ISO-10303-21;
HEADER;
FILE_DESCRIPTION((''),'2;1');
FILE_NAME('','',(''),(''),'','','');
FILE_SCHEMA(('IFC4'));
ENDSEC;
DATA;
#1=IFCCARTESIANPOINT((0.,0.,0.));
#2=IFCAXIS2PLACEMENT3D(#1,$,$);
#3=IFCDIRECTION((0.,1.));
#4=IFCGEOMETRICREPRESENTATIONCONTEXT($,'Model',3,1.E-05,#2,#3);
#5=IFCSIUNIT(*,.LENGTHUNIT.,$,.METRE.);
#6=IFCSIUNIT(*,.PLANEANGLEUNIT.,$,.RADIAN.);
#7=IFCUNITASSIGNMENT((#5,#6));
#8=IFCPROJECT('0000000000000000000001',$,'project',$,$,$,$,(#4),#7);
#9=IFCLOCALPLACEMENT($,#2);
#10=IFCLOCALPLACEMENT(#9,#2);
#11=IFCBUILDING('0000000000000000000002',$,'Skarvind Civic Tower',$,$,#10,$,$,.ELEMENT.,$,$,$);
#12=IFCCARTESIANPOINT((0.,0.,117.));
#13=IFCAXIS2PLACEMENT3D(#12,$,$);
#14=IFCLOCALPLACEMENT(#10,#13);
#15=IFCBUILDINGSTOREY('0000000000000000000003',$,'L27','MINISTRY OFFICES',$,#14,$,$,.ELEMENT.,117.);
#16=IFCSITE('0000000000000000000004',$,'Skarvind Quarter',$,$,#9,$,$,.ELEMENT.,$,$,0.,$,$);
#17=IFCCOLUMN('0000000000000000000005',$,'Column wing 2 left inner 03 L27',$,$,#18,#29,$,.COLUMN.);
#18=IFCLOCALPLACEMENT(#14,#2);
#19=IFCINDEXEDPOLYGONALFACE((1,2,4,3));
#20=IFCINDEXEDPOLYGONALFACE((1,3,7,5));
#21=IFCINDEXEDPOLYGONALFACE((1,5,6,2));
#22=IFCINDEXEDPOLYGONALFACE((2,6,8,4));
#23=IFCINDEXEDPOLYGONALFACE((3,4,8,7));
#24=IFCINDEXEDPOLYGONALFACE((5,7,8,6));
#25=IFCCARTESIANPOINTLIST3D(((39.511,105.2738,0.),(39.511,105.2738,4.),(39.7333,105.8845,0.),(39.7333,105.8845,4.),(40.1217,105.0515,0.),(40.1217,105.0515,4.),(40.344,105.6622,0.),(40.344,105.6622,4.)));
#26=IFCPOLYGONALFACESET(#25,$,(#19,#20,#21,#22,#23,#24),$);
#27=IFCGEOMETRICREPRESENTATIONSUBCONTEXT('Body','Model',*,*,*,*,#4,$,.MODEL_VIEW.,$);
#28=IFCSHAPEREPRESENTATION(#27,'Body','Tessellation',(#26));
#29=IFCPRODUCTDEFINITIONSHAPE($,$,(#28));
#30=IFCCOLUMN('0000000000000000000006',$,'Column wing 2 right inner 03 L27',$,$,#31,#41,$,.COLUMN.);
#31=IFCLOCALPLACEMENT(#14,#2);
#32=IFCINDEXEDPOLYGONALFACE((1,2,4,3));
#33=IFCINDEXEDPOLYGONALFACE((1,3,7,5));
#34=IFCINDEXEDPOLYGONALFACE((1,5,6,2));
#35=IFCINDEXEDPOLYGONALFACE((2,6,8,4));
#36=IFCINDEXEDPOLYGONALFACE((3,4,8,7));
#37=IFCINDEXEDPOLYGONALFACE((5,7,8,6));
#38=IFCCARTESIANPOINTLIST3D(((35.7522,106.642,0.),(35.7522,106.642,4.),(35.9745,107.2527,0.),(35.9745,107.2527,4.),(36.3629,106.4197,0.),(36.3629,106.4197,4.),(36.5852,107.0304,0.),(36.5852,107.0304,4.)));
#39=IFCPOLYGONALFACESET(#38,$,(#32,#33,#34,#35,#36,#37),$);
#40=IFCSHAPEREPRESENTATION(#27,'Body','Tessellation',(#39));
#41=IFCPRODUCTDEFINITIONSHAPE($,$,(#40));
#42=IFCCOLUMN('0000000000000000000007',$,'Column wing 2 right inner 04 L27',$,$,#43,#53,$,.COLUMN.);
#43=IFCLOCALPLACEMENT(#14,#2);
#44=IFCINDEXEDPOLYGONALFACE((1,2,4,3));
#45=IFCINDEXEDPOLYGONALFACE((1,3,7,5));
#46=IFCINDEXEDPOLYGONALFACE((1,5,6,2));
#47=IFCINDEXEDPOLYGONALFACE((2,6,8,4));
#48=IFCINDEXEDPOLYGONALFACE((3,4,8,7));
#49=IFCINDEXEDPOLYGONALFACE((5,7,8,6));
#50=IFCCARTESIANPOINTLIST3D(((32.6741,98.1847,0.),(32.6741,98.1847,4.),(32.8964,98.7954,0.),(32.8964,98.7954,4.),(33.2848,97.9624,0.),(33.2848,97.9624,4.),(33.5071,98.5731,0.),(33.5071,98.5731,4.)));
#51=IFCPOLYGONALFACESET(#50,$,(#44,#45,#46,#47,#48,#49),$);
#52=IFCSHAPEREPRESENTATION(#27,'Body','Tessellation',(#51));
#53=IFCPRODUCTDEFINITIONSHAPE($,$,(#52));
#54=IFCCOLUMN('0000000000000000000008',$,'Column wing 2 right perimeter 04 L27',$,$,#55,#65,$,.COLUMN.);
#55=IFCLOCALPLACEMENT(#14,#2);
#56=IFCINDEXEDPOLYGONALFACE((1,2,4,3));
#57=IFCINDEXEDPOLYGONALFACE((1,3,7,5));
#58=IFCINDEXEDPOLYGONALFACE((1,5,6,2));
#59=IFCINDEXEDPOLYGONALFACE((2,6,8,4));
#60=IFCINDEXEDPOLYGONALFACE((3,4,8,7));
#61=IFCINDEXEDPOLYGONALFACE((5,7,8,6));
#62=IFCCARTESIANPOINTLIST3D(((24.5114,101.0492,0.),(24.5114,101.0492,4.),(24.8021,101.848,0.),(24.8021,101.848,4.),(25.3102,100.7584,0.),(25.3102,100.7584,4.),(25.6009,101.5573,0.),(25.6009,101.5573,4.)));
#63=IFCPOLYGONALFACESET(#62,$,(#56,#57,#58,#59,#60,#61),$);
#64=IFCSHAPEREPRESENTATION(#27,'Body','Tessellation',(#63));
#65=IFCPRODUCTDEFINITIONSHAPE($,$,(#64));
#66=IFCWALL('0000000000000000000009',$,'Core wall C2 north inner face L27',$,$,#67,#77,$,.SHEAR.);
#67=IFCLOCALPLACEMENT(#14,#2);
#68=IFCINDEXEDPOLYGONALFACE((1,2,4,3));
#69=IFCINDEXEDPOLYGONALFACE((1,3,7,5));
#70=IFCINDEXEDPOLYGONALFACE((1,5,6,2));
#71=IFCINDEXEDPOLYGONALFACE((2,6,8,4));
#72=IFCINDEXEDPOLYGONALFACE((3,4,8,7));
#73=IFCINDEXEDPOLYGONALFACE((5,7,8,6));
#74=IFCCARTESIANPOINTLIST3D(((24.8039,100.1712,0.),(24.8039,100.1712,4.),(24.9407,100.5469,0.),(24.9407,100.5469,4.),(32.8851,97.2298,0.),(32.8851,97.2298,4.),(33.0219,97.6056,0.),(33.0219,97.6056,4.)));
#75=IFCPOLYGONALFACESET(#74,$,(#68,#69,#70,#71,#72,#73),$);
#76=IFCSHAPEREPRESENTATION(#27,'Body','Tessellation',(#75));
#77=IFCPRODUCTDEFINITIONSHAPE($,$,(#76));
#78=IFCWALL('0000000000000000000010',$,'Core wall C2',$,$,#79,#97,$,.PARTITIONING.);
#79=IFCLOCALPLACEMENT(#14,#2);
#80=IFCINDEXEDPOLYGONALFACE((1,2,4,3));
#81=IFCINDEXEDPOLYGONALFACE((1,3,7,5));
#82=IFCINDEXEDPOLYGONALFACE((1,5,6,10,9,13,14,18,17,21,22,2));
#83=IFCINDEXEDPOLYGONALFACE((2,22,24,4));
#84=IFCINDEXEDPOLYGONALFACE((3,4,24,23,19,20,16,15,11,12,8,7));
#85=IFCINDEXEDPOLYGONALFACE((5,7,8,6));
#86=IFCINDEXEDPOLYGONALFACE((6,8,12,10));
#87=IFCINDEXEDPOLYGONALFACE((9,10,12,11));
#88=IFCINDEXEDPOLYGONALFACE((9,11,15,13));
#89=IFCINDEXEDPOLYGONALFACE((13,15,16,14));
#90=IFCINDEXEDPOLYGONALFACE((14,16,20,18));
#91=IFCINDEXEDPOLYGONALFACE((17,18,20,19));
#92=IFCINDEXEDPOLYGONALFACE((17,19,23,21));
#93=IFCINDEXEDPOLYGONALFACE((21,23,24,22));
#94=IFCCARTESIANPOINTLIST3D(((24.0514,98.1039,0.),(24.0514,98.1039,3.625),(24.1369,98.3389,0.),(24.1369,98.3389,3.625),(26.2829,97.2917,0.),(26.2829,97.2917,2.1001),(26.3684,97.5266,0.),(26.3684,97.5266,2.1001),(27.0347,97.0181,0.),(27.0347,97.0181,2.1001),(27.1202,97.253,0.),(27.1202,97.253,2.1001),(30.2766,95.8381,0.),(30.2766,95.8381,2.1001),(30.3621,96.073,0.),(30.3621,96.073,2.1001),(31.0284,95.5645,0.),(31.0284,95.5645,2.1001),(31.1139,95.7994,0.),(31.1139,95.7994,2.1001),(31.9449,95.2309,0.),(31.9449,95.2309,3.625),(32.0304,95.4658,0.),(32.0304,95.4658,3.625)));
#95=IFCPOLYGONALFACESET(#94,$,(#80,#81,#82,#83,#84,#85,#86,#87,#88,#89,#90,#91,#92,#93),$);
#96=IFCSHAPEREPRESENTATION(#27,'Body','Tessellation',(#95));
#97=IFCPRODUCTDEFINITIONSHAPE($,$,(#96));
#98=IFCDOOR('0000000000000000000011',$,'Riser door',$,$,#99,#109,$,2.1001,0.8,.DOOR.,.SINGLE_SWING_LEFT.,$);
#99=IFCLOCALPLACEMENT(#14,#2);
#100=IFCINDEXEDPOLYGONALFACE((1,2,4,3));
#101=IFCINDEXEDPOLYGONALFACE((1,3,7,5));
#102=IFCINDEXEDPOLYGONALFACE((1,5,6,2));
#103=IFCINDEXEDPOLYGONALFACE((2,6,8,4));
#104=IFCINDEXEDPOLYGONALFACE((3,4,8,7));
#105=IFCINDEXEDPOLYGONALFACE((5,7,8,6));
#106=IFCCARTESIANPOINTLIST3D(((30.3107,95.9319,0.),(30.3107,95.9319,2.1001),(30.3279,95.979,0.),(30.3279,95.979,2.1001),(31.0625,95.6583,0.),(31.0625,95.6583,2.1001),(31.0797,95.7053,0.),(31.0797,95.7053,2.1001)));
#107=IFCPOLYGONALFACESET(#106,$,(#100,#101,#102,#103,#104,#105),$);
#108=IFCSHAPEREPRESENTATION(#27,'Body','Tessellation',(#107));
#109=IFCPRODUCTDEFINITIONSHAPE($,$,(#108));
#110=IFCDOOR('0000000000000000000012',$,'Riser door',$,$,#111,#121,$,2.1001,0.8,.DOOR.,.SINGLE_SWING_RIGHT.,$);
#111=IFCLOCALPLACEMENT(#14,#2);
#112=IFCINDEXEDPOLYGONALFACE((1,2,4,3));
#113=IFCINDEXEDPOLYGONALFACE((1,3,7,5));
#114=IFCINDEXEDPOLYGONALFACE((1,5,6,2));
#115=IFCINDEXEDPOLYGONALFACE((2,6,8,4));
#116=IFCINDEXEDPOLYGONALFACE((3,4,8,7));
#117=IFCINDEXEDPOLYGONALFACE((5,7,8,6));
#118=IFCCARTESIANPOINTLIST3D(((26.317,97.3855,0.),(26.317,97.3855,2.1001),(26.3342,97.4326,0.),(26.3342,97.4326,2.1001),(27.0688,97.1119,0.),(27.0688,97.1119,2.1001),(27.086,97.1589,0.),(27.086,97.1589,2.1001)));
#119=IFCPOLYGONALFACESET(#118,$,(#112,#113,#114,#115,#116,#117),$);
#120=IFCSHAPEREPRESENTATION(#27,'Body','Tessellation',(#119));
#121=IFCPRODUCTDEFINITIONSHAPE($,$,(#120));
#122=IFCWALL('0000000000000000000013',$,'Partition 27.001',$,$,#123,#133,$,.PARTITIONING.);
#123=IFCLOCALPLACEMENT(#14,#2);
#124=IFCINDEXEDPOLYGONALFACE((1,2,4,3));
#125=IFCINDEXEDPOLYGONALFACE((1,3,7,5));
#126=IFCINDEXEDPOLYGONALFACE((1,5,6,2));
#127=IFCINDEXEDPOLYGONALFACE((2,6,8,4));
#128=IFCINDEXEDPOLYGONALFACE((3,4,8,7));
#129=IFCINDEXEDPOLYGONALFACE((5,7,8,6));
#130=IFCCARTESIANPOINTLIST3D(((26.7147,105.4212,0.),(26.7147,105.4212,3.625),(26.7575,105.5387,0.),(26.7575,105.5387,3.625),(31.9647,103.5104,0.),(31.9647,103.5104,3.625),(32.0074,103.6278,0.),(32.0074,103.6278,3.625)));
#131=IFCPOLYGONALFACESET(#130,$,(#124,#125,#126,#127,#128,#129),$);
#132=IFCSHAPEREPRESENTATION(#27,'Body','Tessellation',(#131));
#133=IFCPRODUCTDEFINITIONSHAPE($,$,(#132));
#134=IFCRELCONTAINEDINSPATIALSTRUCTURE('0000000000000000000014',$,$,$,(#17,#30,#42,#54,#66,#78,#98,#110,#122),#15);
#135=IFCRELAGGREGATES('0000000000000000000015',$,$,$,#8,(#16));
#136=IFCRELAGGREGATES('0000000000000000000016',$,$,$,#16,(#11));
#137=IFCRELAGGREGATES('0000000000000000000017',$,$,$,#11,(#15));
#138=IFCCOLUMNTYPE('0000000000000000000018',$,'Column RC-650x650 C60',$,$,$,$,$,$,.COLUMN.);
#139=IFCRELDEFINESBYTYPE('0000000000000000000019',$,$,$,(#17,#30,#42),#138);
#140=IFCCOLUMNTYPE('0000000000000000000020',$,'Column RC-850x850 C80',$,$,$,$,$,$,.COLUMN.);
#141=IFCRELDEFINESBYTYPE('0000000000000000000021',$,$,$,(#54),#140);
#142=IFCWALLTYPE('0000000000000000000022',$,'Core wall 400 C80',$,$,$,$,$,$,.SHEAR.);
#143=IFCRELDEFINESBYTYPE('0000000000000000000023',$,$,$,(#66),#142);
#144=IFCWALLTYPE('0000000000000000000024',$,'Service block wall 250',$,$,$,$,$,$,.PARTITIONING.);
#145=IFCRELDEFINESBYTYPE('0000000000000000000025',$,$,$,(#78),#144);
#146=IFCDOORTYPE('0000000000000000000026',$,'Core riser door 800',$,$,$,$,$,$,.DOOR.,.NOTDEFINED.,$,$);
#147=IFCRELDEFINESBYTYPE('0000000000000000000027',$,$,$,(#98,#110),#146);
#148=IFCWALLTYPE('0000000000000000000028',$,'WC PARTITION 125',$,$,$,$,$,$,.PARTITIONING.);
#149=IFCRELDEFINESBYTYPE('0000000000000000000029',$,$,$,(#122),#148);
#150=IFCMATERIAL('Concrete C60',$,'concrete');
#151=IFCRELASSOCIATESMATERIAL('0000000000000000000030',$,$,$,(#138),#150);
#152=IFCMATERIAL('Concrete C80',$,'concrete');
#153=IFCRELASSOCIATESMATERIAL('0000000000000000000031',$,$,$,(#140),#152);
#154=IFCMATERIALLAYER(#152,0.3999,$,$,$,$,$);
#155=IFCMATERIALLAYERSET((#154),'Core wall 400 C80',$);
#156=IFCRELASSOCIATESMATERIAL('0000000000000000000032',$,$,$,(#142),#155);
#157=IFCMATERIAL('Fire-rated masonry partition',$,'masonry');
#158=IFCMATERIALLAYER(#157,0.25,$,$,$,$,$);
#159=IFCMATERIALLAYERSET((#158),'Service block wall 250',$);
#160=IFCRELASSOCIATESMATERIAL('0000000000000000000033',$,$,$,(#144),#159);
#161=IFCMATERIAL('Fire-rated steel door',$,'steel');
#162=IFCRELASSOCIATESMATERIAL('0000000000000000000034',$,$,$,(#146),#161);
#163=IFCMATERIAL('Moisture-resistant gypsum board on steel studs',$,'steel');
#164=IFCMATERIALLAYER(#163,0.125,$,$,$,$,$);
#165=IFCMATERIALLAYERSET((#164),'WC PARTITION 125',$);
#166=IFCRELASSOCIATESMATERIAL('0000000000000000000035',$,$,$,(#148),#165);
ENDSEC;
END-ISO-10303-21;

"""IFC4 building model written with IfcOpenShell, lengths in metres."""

from ifc_helpers import new_model, si_unit, direction, frame, frame_2d, origin, origin_2d, place, context, subcontext, project, spatial, rectangle, extrude, material, layer, layer_set, material_profile, profile_set, type_object, element, fill, save


model = new_model("IFC4")

# Units and contexts
model_context = context("Model", 3, precision=1e-05, world=origin(), true_north=direction((0.0, 1.0)))
body_context = subcontext(model_context, "Body", "Model", "MODEL_VIEW")
ifc_project = project(units=[si_unit("LENGTHUNIT", "METRE"), si_unit("PLANEANGLEUNIT", "RADIAN")], contexts=[model_context])

# Site, building, storey
site_placement = place(None, origin())
site = spatial("IfcSite", under=ifc_project, at=site_placement, Name="Skarvind Quarter", CompositionType="ELEMENT", RefElevation=0.0)
building_placement = place(site_placement, origin())
building = spatial("IfcBuilding", under=site, at=building_placement, Name="Skarvind Civic Tower", CompositionType="ELEMENT")
storey_placement = place(building_placement, frame((0.0, 0.0, 117.0)))
storey = spatial("IfcBuildingStorey", under=building, at=storey_placement, Name="L27", Description="MINISTRY OFFICES", CompositionType="ELEMENT", Elevation=117.0)

# Columns
ifc_material_1 = material(Name="Concrete C60", Category="concrete")
ifc_material_profile_1 = material_profile(ifc_material_1, rectangle(XDim=0.6499, YDim=0.6499, at=origin_2d()), Name="RC-650x650")
ifc_profile_set_1 = profile_set([ifc_material_profile_1], Name="Concrete C60")
column_type_1 = type_object("IfcColumnType", Name="Column RC-650x650 C60", PredefinedType="COLUMN", material=ifc_profile_set_1)
for number, where, z_axis, x_axis, name in (
    (1, (39.9275, 105.468, 0.0), (0.0, 0.0, 1.0), (-0.34202, -0.939693, 0.0), "Column wing 2 left inner 03 L27"),
    (2, (36.1687, 106.8362, 0.0), (0.0, 0.0, 1.0), (-0.34202, -0.939693, 0.0), "Column wing 2 right inner 03 L27"),
    (3, (33.0906, 98.3789, 0.0), (0.0, 0.0, 1.0), (-0.34202, -0.939693, 0.0), "Column wing 2 right inner 04 L27"),
):
    element("IfcColumn", number, at=place(storey_placement, frame(where, z_axis=z_axis, x_axis=x_axis)), inside=storey, type_object=column_type_1, Name=name, PredefinedType="COLUMN", context=body_context, shape_type="SweptSolid", body=[
        extrude(rectangle(XDim=0.6499, YDim=0.6499, at=origin_2d()), origin(), (0.0, 0.0, 1.0), 4.0),
    ])
ifc_material_2 = material(Name="Concrete C80", Category="concrete")
ifc_material_profile_2 = material_profile(ifc_material_2, rectangle(XDim=0.8501, YDim=0.8501, at=origin_2d()), Name="RC-850x850")
ifc_profile_set_2 = profile_set([ifc_material_profile_2], Name="Concrete C80")
column_type_2 = type_object("IfcColumnType", Name="Column RC-850x850 C80", PredefinedType="COLUMN", material=ifc_profile_set_2)
column_placement = place(storey_placement, frame((25.0562, 101.3032, 0.0), z_axis=(0.0, 0.0, 1.0), x_axis=(-0.34202, -0.939693, 0.0)))
element("IfcColumn", 4, at=column_placement, inside=storey, type_object=column_type_2, Name="Column wing 2 right perimeter 04 L27", PredefinedType="COLUMN", context=body_context, shape_type="SweptSolid", body=[
    extrude(rectangle(XDim=0.8501, YDim=0.8501, at=origin_2d()), origin(), (0.0, 0.0, 1.0), 4.0),
])

# Wall
ifc_layer_1 = layer(ifc_material_2, 0.3999)
ifc_layer_set_1 = layer_set([ifc_layer_1], Name="Core wall 400 C80")
wall_type_1 = type_object("IfcWallType", Name="Core wall 400 C80", PredefinedType="SHEAR", material=ifc_layer_set_1)
wall_1_placement = place(storey_placement, frame((32.9534, 97.4177, 0.0), z_axis=(0.0, 0.0, 1.0), x_axis=(-0.939691, 0.342026, 0.0)))
element("IfcWall", 5, at=wall_1_placement, inside=storey, type_object=wall_type_1, Name="Core wall C2 north inner face L27", PredefinedType="SHEAR", context=body_context, shape_type="SweptSolid", body=[
    extrude(rectangle(XDim=8.5999, YDim=0.3999, at=frame_2d((4.2998, 0.0))), origin(), (0.0, 0.0, 1.0), 4.0),
])

# Wall, openings, doors
ifc_material_3 = material(Name="Fire-rated masonry partition", Category="masonry")
ifc_layer_2 = layer(ifc_material_3, 0.25)
ifc_layer_set_2 = layer_set([ifc_layer_2], Name="Service block wall 250")
wall_type_2 = type_object("IfcWallType", Name="Service block wall 250", PredefinedType="PARTITIONING", material=ifc_layer_set_2)
wall_2_placement = place(storey_placement, frame((24.094, 98.2214, 0.0), z_axis=(0.0, 0.0, 1.0), x_axis=(0.939692, -0.342023, 0.0)))
wall_2 = element("IfcWall", 6, at=wall_2_placement, inside=storey, type_object=wall_type_2, Name="Core wall C2", PredefinedType="PARTITIONING", context=body_context, shape_type="SweptSolid", body=[
    extrude(rectangle(XDim=8.4001, YDim=0.25, at=frame_2d((4.2002, 0.0))), origin(), (0.0, 0.0, 1.0), 3.625),
])
opening_1_placement = place(wall_2_placement, frame((6.625, 0.0, 0.0)))
opening_1 = element("IfcOpeningElement", 7, at=opening_1_placement, cuts=wall_2, PredefinedType="OPENING", context=body_context, shape_type="SweptSolid", body=[
    extrude(rectangle(XDim=0.8, YDim=2.1001, at=frame_2d((0.3999, 1.05))), frame((0.0, 0.135, 0.0), z_axis=(0.0, -1.0, 0.0), x_axis=(1.0, 0.0, 0.0)), (0.0, 0.0, 1.0), 0.27),
])
opening_2_placement = place(wall_2_placement, frame((2.375, 0.0, 0.0)))
opening_2 = element("IfcOpeningElement", 8, at=opening_2_placement, cuts=wall_2, PredefinedType="OPENING", context=body_context, shape_type="SweptSolid", body=[
    extrude(rectangle(XDim=0.8, YDim=2.1001, at=frame_2d((0.3999, 1.05))), frame((0.0, 0.135, 0.0), z_axis=(0.0, -1.0, 0.0), x_axis=(1.0, 0.0, 0.0)), (0.0, 0.0, 1.0), 0.27),
])
ifc_material_4 = material(Name="Fire-rated steel door", Category="steel")
door_type_1 = type_object("IfcDoorType", Name="Core riser door 800", OperationType="NOTDEFINED", PredefinedType="DOOR", material=ifc_material_4)
door_1_placement = place(opening_1_placement, origin())
door_1 = element("IfcDoor", 9, at=door_1_placement, inside=storey, type_object=door_type_1, Name="Riser door", OperationType="SINGLE_SWING_LEFT", OverallHeight=2.1001, OverallWidth=0.8, PredefinedType="DOOR", context=body_context, shape_type="SweptSolid", body=[
    extrude(rectangle(XDim=0.8, YDim=2.1001, at=frame_2d((0.3999, 1.05))), frame((0.0, 0.0249, 0.0), z_axis=(0.0, -1.0, 0.0), x_axis=(1.0, 0.0, 0.0)), (0.0, 0.0, 1.0), 0.05),
])
fill(opening_1, door_1)
door_2_placement = place(opening_2_placement, origin())
door_2 = element("IfcDoor", 10, at=door_2_placement, inside=storey, type_object=door_type_1, Name="Riser door", OperationType="SINGLE_SWING_RIGHT", OverallHeight=2.1001, OverallWidth=0.8, PredefinedType="DOOR", context=body_context, shape_type="SweptSolid", body=[
    extrude(rectangle(XDim=0.8, YDim=2.1001, at=frame_2d((0.3999, 1.05))), frame((0.0, 0.0249, 0.0), z_axis=(0.0, -1.0, 0.0), x_axis=(1.0, 0.0, 0.0)), (0.0, 0.0, 1.0), 0.05),
])
fill(opening_2, door_2)

# Wall
ifc_material_5 = material(Name="Moisture-resistant gypsum board on steel studs", Category="steel")
ifc_layer_3 = layer(ifc_material_5, 0.125)
ifc_layer_set_3 = layer_set([ifc_layer_3], Name="WC PARTITION 125")
wall_type_3 = type_object("IfcWallType", Name="WC PARTITION 125", PredefinedType="PARTITIONING", material=ifc_layer_set_3)
wall_3_placement = place(storey_placement, frame((26.7361, 105.48, 0.0), z_axis=(0.0, 0.0, 1.0), x_axis=(0.93969, -0.342027, 0.0)))
element("IfcWall", 11, at=wall_3_placement, inside=storey, type_object=wall_type_3, Name="Partition 27.001", PredefinedType="PARTITIONING", context=body_context, shape_type="SweptSolid", body=[
    extrude(rectangle(XDim=5.5869, YDim=0.125, at=frame_2d((2.7935, 0.0))), origin(), (0.0, 0.0, 1.0), 3.625),
])

save(model, "model.ifc")
